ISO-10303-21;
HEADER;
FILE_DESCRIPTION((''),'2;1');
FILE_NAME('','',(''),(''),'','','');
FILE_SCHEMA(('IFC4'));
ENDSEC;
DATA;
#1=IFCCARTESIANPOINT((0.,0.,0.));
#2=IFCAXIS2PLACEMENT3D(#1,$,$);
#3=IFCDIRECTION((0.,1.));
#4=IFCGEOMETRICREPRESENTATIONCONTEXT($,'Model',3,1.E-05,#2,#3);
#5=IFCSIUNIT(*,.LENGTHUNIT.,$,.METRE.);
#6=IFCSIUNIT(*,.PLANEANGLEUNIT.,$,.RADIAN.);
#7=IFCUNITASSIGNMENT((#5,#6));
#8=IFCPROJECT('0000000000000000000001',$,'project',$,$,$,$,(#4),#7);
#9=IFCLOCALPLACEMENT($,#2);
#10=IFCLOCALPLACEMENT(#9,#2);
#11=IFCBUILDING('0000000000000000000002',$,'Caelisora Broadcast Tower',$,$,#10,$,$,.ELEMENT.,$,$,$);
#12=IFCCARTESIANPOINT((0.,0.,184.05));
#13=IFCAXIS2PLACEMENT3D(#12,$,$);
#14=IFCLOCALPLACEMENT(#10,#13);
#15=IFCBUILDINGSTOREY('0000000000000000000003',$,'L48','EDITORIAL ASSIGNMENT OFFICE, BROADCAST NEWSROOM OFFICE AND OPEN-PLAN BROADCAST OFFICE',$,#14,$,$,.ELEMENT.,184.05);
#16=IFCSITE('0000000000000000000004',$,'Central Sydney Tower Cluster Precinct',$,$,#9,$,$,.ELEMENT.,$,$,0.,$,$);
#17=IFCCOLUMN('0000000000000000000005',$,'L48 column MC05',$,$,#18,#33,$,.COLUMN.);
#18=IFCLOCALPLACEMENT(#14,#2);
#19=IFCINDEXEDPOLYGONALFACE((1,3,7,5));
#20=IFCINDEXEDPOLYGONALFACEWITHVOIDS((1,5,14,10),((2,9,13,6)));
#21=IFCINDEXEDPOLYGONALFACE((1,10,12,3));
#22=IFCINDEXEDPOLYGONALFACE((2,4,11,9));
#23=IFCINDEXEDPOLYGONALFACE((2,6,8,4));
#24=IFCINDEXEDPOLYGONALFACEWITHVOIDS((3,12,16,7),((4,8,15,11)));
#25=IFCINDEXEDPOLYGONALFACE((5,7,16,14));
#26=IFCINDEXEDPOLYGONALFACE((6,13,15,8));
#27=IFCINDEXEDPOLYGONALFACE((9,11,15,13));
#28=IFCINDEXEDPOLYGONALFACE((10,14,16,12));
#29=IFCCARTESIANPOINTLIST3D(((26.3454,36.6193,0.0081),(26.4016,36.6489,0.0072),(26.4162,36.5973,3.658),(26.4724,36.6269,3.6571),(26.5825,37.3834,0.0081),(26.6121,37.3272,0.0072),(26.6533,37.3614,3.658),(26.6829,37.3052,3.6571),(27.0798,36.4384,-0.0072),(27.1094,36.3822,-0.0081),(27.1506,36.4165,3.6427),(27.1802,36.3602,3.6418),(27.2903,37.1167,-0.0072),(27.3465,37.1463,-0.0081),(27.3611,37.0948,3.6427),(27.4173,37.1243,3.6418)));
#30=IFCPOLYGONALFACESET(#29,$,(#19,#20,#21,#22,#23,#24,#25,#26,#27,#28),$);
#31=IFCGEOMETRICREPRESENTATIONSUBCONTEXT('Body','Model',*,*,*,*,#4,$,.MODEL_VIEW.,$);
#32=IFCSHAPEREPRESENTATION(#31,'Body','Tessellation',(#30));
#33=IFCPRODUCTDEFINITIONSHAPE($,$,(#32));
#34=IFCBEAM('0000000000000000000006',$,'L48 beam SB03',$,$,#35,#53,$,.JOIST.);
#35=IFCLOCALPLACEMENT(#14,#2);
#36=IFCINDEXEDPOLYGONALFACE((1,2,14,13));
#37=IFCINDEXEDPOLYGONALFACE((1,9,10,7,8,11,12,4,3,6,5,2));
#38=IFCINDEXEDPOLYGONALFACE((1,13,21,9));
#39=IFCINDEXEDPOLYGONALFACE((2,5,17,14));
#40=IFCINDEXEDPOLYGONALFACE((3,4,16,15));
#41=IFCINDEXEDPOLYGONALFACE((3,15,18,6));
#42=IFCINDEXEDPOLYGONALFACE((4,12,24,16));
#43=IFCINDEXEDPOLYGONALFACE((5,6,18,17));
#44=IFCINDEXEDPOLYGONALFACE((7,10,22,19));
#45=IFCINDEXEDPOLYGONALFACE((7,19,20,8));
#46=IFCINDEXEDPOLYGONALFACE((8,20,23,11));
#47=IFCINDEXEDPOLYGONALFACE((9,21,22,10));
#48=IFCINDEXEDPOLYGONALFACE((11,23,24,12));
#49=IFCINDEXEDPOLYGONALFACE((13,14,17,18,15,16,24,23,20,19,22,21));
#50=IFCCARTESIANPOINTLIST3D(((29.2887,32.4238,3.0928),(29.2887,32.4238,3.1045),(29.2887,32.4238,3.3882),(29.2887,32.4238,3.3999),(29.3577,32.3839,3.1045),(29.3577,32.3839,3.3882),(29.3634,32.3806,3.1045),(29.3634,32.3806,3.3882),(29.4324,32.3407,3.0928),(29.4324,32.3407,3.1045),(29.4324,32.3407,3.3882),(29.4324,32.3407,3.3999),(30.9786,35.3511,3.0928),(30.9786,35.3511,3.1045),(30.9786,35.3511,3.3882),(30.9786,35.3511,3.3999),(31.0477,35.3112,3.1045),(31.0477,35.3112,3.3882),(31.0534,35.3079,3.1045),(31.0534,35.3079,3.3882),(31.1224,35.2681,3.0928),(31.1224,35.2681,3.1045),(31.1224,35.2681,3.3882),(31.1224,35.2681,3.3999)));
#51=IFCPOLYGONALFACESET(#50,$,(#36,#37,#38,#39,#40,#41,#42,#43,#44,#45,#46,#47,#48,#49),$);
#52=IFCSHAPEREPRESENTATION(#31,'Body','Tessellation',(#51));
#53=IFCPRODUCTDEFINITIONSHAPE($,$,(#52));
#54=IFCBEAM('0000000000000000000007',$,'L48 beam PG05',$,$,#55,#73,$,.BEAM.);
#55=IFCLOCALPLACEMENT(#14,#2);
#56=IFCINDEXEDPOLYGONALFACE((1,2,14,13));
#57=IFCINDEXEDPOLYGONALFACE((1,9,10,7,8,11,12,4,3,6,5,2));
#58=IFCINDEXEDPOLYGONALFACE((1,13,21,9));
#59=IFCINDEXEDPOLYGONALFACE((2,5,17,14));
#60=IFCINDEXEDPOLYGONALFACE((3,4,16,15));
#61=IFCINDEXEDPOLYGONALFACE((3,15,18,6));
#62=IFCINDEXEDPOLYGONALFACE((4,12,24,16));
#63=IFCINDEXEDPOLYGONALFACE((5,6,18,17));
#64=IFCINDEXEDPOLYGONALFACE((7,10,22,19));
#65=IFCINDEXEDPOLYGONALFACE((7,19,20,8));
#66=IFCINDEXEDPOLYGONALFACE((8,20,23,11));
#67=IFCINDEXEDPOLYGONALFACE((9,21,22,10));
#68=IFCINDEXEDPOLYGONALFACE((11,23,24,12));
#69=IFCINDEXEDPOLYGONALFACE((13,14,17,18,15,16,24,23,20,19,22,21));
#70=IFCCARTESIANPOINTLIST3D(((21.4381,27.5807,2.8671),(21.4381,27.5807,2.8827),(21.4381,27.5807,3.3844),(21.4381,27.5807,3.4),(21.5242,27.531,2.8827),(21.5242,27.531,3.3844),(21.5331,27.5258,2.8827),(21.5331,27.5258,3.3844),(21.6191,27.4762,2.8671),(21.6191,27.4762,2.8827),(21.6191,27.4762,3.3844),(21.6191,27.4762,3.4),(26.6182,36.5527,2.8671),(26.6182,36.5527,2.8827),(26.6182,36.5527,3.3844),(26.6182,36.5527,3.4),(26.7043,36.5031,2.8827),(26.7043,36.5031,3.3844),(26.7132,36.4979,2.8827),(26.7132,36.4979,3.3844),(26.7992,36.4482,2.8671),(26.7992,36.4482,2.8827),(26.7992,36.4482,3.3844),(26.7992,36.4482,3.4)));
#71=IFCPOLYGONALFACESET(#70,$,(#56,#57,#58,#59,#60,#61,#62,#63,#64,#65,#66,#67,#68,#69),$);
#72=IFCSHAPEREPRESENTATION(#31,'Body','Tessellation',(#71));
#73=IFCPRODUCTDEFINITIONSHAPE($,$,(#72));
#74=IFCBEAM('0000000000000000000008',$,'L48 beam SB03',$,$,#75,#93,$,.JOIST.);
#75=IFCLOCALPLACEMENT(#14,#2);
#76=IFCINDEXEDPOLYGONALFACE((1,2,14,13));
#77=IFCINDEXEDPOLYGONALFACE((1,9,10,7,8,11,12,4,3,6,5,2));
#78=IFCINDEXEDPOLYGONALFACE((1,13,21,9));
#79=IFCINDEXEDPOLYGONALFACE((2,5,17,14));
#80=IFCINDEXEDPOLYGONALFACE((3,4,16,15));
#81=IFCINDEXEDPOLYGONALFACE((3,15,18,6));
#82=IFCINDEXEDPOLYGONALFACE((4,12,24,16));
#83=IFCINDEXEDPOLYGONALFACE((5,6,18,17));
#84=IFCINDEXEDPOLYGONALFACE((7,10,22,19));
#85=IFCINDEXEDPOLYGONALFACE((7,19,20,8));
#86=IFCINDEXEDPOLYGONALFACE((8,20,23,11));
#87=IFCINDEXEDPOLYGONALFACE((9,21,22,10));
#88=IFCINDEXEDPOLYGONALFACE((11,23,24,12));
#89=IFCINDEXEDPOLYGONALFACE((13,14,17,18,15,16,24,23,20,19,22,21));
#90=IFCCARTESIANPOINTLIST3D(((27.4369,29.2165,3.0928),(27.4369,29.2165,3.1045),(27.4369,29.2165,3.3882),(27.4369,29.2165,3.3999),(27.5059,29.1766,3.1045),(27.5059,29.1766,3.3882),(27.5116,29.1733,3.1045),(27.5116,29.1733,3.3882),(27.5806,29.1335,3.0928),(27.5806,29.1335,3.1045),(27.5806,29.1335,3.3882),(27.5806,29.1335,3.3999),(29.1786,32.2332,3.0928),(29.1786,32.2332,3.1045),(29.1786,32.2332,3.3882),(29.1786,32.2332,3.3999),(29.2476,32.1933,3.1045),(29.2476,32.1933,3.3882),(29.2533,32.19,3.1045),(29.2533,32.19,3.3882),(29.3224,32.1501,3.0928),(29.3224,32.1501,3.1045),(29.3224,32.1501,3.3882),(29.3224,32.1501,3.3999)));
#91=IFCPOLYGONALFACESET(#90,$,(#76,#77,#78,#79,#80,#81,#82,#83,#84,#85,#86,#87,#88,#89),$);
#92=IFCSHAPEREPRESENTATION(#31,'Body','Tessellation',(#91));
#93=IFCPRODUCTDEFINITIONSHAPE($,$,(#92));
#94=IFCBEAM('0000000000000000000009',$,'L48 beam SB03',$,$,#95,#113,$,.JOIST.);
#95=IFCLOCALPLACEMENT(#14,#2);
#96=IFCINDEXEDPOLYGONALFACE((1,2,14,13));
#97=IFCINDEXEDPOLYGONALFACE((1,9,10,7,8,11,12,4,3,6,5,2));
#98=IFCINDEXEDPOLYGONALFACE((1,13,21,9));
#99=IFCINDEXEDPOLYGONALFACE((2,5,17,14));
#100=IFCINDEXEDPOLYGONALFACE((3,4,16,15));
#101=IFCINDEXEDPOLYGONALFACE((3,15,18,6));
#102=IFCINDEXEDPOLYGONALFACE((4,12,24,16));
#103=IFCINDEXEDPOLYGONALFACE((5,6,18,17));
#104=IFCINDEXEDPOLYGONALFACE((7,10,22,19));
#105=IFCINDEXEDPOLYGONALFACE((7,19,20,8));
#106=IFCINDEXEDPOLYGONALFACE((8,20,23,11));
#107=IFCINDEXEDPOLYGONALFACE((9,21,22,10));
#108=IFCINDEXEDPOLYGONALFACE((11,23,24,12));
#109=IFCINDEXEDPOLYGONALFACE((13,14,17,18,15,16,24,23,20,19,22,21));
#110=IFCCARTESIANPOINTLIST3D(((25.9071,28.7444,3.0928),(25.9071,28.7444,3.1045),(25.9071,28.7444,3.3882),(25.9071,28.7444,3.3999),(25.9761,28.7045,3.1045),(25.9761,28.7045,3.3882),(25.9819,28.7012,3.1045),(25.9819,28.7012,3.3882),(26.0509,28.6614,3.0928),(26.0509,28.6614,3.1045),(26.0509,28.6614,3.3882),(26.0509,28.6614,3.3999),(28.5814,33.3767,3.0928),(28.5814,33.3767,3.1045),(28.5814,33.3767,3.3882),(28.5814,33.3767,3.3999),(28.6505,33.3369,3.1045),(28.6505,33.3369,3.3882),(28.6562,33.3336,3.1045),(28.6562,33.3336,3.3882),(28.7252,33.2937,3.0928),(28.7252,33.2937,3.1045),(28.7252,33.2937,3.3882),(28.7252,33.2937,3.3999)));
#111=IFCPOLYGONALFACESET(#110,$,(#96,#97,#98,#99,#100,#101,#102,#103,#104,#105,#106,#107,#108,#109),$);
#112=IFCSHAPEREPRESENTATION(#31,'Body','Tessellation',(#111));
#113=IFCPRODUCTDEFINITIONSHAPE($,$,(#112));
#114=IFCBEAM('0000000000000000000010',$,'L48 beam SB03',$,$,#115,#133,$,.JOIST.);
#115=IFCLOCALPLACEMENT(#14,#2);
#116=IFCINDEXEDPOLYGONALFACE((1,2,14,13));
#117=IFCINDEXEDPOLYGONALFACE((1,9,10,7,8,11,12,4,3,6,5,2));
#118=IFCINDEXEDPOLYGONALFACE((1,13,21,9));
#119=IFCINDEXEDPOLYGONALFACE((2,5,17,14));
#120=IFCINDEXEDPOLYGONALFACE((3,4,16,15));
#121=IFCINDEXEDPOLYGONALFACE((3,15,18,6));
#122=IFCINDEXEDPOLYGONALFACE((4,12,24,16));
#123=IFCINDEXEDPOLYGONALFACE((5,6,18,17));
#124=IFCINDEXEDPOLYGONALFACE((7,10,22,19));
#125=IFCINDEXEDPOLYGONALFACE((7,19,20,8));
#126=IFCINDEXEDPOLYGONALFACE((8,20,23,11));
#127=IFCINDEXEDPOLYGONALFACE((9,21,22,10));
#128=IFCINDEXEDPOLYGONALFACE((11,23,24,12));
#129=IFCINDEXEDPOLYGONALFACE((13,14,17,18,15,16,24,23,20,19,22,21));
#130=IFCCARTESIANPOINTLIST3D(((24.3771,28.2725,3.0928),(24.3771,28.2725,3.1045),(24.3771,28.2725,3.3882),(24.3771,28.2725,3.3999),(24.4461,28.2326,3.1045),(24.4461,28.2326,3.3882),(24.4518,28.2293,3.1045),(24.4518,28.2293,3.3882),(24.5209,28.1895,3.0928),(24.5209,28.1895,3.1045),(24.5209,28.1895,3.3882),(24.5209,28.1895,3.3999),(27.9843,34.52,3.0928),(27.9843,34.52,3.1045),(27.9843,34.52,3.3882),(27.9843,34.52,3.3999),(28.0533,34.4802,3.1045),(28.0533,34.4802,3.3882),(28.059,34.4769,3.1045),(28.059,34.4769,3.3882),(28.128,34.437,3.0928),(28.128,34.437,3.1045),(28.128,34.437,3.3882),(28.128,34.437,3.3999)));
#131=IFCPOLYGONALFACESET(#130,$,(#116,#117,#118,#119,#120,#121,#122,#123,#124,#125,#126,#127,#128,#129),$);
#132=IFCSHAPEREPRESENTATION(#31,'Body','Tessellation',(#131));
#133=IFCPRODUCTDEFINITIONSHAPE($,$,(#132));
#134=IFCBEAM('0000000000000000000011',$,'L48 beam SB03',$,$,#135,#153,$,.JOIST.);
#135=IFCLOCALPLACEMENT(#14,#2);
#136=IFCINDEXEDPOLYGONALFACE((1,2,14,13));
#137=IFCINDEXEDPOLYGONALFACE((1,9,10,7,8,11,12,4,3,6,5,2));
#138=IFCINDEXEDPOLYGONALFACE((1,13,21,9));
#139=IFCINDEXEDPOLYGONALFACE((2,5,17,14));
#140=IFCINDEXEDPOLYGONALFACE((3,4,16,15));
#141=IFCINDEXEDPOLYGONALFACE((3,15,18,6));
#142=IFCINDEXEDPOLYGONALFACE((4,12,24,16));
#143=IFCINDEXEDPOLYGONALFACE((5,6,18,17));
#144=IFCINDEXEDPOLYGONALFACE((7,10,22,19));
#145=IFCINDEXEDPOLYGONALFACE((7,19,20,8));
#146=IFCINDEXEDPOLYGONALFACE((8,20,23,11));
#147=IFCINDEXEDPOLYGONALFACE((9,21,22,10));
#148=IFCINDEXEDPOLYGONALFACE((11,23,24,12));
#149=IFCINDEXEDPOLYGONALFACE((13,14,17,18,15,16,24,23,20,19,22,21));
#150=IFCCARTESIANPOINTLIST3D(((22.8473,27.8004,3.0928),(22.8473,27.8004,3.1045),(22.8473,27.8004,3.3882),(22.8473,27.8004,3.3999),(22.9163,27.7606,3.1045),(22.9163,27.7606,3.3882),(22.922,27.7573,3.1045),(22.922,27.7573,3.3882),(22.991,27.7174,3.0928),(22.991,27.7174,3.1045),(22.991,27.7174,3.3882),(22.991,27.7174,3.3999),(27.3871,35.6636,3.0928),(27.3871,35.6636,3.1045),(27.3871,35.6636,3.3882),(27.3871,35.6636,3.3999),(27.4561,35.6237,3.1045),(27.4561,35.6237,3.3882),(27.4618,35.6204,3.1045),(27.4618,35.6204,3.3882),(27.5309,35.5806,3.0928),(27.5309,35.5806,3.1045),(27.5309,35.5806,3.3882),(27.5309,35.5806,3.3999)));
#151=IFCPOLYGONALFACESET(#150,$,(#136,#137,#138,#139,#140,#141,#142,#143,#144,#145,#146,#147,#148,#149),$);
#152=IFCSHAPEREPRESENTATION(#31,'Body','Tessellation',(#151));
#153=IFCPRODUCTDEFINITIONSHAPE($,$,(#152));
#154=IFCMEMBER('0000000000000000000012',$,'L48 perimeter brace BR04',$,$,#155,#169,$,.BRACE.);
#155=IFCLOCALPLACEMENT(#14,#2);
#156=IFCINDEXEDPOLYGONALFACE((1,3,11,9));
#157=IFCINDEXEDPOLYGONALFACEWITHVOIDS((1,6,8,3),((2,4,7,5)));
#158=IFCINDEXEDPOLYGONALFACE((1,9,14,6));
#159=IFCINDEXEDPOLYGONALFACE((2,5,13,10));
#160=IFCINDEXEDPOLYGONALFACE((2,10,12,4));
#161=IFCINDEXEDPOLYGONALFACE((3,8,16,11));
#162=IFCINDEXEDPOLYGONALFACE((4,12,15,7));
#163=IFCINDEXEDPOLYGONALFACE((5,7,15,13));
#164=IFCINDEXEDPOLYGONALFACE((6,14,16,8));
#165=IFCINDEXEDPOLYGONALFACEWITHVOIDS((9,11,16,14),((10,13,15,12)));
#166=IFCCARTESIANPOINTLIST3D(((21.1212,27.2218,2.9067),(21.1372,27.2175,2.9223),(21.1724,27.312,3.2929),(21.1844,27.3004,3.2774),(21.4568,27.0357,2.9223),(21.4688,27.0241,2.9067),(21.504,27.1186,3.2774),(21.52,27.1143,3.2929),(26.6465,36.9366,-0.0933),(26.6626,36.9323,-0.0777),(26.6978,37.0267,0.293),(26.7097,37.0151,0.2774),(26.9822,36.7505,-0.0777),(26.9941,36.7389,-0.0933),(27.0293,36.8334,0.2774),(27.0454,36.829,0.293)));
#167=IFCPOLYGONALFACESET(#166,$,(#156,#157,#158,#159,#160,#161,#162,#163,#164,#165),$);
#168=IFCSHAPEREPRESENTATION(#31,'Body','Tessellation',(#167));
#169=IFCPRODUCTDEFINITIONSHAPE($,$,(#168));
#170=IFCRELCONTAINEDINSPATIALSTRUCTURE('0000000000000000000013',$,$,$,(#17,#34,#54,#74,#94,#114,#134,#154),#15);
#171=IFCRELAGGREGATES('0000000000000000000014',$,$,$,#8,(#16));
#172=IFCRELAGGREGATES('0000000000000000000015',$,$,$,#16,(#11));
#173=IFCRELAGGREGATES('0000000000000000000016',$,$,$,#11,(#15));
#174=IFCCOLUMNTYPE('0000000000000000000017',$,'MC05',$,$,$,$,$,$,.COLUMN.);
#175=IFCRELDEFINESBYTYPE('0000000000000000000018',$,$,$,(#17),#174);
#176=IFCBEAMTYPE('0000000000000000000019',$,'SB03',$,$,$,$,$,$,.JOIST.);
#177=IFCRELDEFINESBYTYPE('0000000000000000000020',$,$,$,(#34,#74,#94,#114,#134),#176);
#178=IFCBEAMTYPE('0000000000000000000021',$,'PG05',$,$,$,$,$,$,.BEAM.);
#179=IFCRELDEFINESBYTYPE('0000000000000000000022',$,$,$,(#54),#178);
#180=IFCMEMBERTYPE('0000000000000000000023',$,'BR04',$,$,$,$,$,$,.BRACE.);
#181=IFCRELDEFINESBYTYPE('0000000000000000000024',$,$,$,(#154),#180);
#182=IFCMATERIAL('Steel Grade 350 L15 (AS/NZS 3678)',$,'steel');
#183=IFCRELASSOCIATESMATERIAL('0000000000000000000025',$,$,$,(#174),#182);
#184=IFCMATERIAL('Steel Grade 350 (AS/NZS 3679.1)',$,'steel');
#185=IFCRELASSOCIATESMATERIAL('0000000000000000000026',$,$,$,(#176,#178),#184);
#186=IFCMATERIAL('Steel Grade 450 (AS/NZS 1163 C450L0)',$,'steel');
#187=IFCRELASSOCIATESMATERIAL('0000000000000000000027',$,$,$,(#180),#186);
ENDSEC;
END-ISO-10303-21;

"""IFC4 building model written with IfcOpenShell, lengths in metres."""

from ifc_helpers import new_model, si_unit, direction, frame, origin, origin_2d, place, context, subcontext, project, spatial, hollow_rectangle, i_section, extrude, source, transform, mapped, material, material_profile, profile_set, type_object, type_shapes, element, save


model = new_model("IFC4")

# Units and contexts
model_context = context("Model", 3, precision=1e-05, world=origin(), true_north=direction((0.0, 1.0)))
body_context = subcontext(model_context, "Body", "Model", "MODEL_VIEW")
ifc_project = project(units=[si_unit("LENGTHUNIT", "METRE"), si_unit("PLANEANGLEUNIT", "RADIAN")], contexts=[model_context])

# Site, building, storey
site_placement = place(None, origin())
site = spatial("IfcSite", under=ifc_project, at=site_placement, Name="Central Sydney Tower Cluster Precinct", CompositionType="ELEMENT", RefElevation=0.0)
building_placement = place(site_placement, origin())
building = spatial("IfcBuilding", under=site, at=building_placement, Name="Caelisora Broadcast Tower", CompositionType="ELEMENT")
storey_placement = place(building_placement, frame((0.0, 0.0, 184.05)))
storey = spatial("IfcBuildingStorey", under=building, at=storey_placement, Name="L48", Description="EDITORIAL ASSIGNMENT OFFICE, BROADCAST NEWSROOM OFFICE AND OPEN-PLAN BROADCAST OFFICE", CompositionType="ELEMENT", Elevation=184.05)

# Column
ifc_material_1 = material(Name="Steel Grade 350 L15 (AS/NZS 3678)", Category="steel")
ifc_material_profile_1 = material_profile(ifc_material_1, hollow_rectangle(XDim=0.8, YDim=0.8, WallThickness=0.0449, at=origin_2d()), Name="Steel Grade 350 L15 (AS/NZS 3678)")
ifc_profile_set_1 = profile_set([ifc_material_profile_1], Name="Steel Grade 350 L15 (AS/NZS 3678)")
column_type = type_object("IfcColumnType", Name="MC05", PredefinedType="COLUMN", material=ifc_profile_set_1)
shared_shape_1 = source(origin(), body_context, "Body", "SweptSolid", [
    extrude(hollow_rectangle(XDim=0.8, YDim=0.8, WallThickness=0.0449, at=origin_2d()), origin(), (0.0, 0.0, 1.0), 3.6506),
])
type_shapes(column_type, [shared_shape_1])
column_placement = place(storey_placement, frame((26.8459, 36.8828, 0.0), z_axis=(0.019394, -0.006019, 0.999794), x_axis=(0.296399, 0.955064, 0.0)))
element("IfcColumn", 1, at=column_placement, inside=storey, type_object=column_type, Name="L48 column MC05", PredefinedType="COLUMN", context=body_context, shape_type="MappedRepresentation", body=[
    mapped(shared_shape_1, transform((0.0, 0.0, 0.0), scale=1.0)),
])

# Beams
ifc_material_2 = material(Name="Steel Grade 350 (AS/NZS 3679.1)", Category="steel")
ifc_material_profile_2 = material_profile(ifc_material_2, i_section(OverallWidth=0.166, OverallDepth=0.3071, WebThickness=0.0066, FlangeThickness=0.0117, at=origin_2d()), Name="Steel Grade 350 (AS/NZS 3679.1)")
ifc_profile_set_2 = profile_set([ifc_material_profile_2], Name="Steel Grade 350 (AS/NZS 3679.1)")
beam_type_1 = type_object("IfcBeamType", Name="SB03", PredefinedType="JOIST", material=ifc_profile_set_2)
shared_shape_2 = source(origin(), body_context, "Body", "SweptSolid", [
    extrude(i_section(OverallWidth=0.166, OverallDepth=0.3071, WebThickness=0.0066, FlangeThickness=0.0117, at=origin_2d()), origin(), (0.0, 0.0, 1.0), 3.3801),
])
beam_1_placement = place(storey_placement, frame((31.0505, 35.3096, 3.2463), z_axis=(-0.499977, -0.866039, 0.0), x_axis=(0.866039, -0.499977, 0.0)))
element("IfcBeam", 2, at=beam_1_placement, inside=storey, type_object=beam_type_1, Name="L48 beam SB03", PredefinedType="JOIST", context=body_context, shape_type="MappedRepresentation", body=[
    mapped(shared_shape_2, transform((0.0, 0.0, 0.0), scale=1.0)),
])
ifc_material_profile_3 = material_profile(ifc_material_2, i_section(OverallWidth=0.209, OverallDepth=0.533, WebThickness=0.0103, FlangeThickness=0.0156, at=origin_2d()), Name="Steel Grade 350 (AS/NZS 3679.1)")
ifc_profile_set_3 = profile_set([ifc_material_profile_3], Name="Steel Grade 350 (AS/NZS 3679.1)")
beam_type_2 = type_object("IfcBeamType", Name="PG05", PredefinedType="BEAM", material=ifc_profile_set_3)
shared_shape_3 = source(origin(), body_context, "Body", "SweptSolid", [
    extrude(i_section(OverallWidth=0.209, OverallDepth=0.533, WebThickness=0.0103, FlangeThickness=0.0156, at=origin_2d()), origin(), (0.0, 0.0, 1.0), 10.3601),
])
type_shapes(beam_type_2, [shared_shape_3])
beam_2_placement = place(storey_placement, frame((26.7087, 36.5005, 3.1335), z_axis=(-0.500007, -0.866022, 0.0), x_axis=(0.866022, -0.500007, 0.0)))
element("IfcBeam", 3, at=beam_2_placement, inside=storey, type_object=beam_type_2, Name="L48 beam PG05", PredefinedType="BEAM", context=body_context, shape_type="MappedRepresentation", body=[
    mapped(shared_shape_3, transform((0.0, 0.0, 0.0), scale=1.0)),
])
shared_shape_4 = source(origin(), body_context, "Body", "SweptSolid", [
    extrude(i_section(OverallWidth=0.166, OverallDepth=0.3071, WebThickness=0.0066, FlangeThickness=0.0117, at=origin_2d()), origin(), (0.0, 0.0, 1.0), 3.4834),
])
beam_3_placement = place(storey_placement, frame((29.2505, 32.1917, 3.2463), z_axis=(-0.500014, -0.866018, 0.0), x_axis=(0.866018, -0.500014, 0.0)))
element("IfcBeam", 4, at=beam_3_placement, inside=storey, type_object=beam_type_1, Name="L48 beam SB03", PredefinedType="JOIST", context=body_context, shape_type="MappedRepresentation", body=[
    mapped(shared_shape_4, transform((0.0, 0.0, 0.0), scale=1.0)),
])
shared_shape_5 = source(origin(), body_context, "Body", "SweptSolid", [
    extrude(i_section(OverallWidth=0.166, OverallDepth=0.3071, WebThickness=0.0066, FlangeThickness=0.0117, at=origin_2d()), origin(), (0.0, 0.0, 1.0), 5.3489),
])
beam_4_placement = place(storey_placement, frame((28.6533, 33.3352, 3.2463), z_axis=(-0.499978, -0.866038, 0.0), x_axis=(0.866038, -0.499978, 0.0)))
element("IfcBeam", 5, at=beam_4_placement, inside=storey, type_object=beam_type_1, Name="L48 beam SB03", PredefinedType="JOIST", context=body_context, shape_type="MappedRepresentation", body=[
    mapped(shared_shape_5, transform((0.0, 0.0, 0.0), scale=1.0)),
])
shared_shape_6 = source(origin(), body_context, "Body", "SweptSolid", [
    extrude(i_section(OverallWidth=0.166, OverallDepth=0.3071, WebThickness=0.0066, FlangeThickness=0.0117, at=origin_2d()), origin(), (0.0, 0.0, 1.0), 7.2141),
])
beam_5_placement = place(storey_placement, frame((28.0562, 34.4785, 3.2463), z_axis=(-0.500015, -0.866017, 0.0), x_axis=(0.866017, -0.500015, 0.0)))
element("IfcBeam", 6, at=beam_5_placement, inside=storey, type_object=beam_type_1, Name="L48 beam SB03", PredefinedType="JOIST", context=body_context, shape_type="MappedRepresentation", body=[
    mapped(shared_shape_6, transform((0.0, 0.0, 0.0), scale=1.0)),
])
shared_shape_7 = source(origin(), body_context, "Body", "SweptSolid", [
    extrude(i_section(OverallWidth=0.166, OverallDepth=0.3071, WebThickness=0.0066, FlangeThickness=0.0117, at=origin_2d()), origin(), (0.0, 0.0, 1.0), 9.0796),
])
type_shapes(beam_type_1, [shared_shape_2, shared_shape_4, shared_shape_5, shared_shape_6, shared_shape_7])
beam_6_placement = place(storey_placement, frame((27.459, 35.6221, 3.2463), z_axis=(-0.500006, -0.866022, 0.0), x_axis=(0.866022, -0.500006, 0.0)))
element("IfcBeam", 7, at=beam_6_placement, inside=storey, type_object=beam_type_1, Name="L48 beam SB03", PredefinedType="JOIST", context=body_context, shape_type="MappedRepresentation", body=[
    mapped(shared_shape_7, transform((0.0, 0.0, 0.0), scale=1.0)),
])

# Member
ifc_material_3 = material(Name="Steel Grade 450 (AS/NZS 1163 C450L0)", Category="steel")
ifc_material_profile_4 = material_profile(ifc_material_3, hollow_rectangle(XDim=0.3999, YDim=0.3999, WallThickness=0.0161, at=origin_2d()), Name="Steel Grade 450 (AS/NZS 1163 C450L0)")
ifc_profile_set_4 = profile_set([ifc_material_profile_4], Name="Steel Grade 450 (AS/NZS 1163 C450L0)")
member_type_1 = type_object("IfcMemberType", Name="BR04", PredefinedType="BRACE", material=ifc_profile_set_4)
shared_shape_8 = source(origin(), body_context, "Body", "SweptSolid", [
    extrude(hollow_rectangle(XDim=0.3999, YDim=0.3999, WallThickness=0.0161, at=origin_2d()), origin(), (0.0, 0.0, 1.0), 11.5718),
])
type_shapes(member_type_1, [shared_shape_8])
member_1_placement = place(storey_placement, frame((26.8459, 36.8828, 0.0999), z_axis=(-0.477485, -0.839523, 0.259249), x_axis=(0.869242, -0.494388, 0.0)))
element("IfcMember", 8, at=member_1_placement, inside=storey, type_object=member_type_1, Name="L48 perimeter brace BR04", PredefinedType="BRACE", context=body_context, shape_type="MappedRepresentation", body=[
    mapped(shared_shape_8, transform((0.0, 0.0, 0.0), scale=1.0)),
])

save(model, "model.ifc")
